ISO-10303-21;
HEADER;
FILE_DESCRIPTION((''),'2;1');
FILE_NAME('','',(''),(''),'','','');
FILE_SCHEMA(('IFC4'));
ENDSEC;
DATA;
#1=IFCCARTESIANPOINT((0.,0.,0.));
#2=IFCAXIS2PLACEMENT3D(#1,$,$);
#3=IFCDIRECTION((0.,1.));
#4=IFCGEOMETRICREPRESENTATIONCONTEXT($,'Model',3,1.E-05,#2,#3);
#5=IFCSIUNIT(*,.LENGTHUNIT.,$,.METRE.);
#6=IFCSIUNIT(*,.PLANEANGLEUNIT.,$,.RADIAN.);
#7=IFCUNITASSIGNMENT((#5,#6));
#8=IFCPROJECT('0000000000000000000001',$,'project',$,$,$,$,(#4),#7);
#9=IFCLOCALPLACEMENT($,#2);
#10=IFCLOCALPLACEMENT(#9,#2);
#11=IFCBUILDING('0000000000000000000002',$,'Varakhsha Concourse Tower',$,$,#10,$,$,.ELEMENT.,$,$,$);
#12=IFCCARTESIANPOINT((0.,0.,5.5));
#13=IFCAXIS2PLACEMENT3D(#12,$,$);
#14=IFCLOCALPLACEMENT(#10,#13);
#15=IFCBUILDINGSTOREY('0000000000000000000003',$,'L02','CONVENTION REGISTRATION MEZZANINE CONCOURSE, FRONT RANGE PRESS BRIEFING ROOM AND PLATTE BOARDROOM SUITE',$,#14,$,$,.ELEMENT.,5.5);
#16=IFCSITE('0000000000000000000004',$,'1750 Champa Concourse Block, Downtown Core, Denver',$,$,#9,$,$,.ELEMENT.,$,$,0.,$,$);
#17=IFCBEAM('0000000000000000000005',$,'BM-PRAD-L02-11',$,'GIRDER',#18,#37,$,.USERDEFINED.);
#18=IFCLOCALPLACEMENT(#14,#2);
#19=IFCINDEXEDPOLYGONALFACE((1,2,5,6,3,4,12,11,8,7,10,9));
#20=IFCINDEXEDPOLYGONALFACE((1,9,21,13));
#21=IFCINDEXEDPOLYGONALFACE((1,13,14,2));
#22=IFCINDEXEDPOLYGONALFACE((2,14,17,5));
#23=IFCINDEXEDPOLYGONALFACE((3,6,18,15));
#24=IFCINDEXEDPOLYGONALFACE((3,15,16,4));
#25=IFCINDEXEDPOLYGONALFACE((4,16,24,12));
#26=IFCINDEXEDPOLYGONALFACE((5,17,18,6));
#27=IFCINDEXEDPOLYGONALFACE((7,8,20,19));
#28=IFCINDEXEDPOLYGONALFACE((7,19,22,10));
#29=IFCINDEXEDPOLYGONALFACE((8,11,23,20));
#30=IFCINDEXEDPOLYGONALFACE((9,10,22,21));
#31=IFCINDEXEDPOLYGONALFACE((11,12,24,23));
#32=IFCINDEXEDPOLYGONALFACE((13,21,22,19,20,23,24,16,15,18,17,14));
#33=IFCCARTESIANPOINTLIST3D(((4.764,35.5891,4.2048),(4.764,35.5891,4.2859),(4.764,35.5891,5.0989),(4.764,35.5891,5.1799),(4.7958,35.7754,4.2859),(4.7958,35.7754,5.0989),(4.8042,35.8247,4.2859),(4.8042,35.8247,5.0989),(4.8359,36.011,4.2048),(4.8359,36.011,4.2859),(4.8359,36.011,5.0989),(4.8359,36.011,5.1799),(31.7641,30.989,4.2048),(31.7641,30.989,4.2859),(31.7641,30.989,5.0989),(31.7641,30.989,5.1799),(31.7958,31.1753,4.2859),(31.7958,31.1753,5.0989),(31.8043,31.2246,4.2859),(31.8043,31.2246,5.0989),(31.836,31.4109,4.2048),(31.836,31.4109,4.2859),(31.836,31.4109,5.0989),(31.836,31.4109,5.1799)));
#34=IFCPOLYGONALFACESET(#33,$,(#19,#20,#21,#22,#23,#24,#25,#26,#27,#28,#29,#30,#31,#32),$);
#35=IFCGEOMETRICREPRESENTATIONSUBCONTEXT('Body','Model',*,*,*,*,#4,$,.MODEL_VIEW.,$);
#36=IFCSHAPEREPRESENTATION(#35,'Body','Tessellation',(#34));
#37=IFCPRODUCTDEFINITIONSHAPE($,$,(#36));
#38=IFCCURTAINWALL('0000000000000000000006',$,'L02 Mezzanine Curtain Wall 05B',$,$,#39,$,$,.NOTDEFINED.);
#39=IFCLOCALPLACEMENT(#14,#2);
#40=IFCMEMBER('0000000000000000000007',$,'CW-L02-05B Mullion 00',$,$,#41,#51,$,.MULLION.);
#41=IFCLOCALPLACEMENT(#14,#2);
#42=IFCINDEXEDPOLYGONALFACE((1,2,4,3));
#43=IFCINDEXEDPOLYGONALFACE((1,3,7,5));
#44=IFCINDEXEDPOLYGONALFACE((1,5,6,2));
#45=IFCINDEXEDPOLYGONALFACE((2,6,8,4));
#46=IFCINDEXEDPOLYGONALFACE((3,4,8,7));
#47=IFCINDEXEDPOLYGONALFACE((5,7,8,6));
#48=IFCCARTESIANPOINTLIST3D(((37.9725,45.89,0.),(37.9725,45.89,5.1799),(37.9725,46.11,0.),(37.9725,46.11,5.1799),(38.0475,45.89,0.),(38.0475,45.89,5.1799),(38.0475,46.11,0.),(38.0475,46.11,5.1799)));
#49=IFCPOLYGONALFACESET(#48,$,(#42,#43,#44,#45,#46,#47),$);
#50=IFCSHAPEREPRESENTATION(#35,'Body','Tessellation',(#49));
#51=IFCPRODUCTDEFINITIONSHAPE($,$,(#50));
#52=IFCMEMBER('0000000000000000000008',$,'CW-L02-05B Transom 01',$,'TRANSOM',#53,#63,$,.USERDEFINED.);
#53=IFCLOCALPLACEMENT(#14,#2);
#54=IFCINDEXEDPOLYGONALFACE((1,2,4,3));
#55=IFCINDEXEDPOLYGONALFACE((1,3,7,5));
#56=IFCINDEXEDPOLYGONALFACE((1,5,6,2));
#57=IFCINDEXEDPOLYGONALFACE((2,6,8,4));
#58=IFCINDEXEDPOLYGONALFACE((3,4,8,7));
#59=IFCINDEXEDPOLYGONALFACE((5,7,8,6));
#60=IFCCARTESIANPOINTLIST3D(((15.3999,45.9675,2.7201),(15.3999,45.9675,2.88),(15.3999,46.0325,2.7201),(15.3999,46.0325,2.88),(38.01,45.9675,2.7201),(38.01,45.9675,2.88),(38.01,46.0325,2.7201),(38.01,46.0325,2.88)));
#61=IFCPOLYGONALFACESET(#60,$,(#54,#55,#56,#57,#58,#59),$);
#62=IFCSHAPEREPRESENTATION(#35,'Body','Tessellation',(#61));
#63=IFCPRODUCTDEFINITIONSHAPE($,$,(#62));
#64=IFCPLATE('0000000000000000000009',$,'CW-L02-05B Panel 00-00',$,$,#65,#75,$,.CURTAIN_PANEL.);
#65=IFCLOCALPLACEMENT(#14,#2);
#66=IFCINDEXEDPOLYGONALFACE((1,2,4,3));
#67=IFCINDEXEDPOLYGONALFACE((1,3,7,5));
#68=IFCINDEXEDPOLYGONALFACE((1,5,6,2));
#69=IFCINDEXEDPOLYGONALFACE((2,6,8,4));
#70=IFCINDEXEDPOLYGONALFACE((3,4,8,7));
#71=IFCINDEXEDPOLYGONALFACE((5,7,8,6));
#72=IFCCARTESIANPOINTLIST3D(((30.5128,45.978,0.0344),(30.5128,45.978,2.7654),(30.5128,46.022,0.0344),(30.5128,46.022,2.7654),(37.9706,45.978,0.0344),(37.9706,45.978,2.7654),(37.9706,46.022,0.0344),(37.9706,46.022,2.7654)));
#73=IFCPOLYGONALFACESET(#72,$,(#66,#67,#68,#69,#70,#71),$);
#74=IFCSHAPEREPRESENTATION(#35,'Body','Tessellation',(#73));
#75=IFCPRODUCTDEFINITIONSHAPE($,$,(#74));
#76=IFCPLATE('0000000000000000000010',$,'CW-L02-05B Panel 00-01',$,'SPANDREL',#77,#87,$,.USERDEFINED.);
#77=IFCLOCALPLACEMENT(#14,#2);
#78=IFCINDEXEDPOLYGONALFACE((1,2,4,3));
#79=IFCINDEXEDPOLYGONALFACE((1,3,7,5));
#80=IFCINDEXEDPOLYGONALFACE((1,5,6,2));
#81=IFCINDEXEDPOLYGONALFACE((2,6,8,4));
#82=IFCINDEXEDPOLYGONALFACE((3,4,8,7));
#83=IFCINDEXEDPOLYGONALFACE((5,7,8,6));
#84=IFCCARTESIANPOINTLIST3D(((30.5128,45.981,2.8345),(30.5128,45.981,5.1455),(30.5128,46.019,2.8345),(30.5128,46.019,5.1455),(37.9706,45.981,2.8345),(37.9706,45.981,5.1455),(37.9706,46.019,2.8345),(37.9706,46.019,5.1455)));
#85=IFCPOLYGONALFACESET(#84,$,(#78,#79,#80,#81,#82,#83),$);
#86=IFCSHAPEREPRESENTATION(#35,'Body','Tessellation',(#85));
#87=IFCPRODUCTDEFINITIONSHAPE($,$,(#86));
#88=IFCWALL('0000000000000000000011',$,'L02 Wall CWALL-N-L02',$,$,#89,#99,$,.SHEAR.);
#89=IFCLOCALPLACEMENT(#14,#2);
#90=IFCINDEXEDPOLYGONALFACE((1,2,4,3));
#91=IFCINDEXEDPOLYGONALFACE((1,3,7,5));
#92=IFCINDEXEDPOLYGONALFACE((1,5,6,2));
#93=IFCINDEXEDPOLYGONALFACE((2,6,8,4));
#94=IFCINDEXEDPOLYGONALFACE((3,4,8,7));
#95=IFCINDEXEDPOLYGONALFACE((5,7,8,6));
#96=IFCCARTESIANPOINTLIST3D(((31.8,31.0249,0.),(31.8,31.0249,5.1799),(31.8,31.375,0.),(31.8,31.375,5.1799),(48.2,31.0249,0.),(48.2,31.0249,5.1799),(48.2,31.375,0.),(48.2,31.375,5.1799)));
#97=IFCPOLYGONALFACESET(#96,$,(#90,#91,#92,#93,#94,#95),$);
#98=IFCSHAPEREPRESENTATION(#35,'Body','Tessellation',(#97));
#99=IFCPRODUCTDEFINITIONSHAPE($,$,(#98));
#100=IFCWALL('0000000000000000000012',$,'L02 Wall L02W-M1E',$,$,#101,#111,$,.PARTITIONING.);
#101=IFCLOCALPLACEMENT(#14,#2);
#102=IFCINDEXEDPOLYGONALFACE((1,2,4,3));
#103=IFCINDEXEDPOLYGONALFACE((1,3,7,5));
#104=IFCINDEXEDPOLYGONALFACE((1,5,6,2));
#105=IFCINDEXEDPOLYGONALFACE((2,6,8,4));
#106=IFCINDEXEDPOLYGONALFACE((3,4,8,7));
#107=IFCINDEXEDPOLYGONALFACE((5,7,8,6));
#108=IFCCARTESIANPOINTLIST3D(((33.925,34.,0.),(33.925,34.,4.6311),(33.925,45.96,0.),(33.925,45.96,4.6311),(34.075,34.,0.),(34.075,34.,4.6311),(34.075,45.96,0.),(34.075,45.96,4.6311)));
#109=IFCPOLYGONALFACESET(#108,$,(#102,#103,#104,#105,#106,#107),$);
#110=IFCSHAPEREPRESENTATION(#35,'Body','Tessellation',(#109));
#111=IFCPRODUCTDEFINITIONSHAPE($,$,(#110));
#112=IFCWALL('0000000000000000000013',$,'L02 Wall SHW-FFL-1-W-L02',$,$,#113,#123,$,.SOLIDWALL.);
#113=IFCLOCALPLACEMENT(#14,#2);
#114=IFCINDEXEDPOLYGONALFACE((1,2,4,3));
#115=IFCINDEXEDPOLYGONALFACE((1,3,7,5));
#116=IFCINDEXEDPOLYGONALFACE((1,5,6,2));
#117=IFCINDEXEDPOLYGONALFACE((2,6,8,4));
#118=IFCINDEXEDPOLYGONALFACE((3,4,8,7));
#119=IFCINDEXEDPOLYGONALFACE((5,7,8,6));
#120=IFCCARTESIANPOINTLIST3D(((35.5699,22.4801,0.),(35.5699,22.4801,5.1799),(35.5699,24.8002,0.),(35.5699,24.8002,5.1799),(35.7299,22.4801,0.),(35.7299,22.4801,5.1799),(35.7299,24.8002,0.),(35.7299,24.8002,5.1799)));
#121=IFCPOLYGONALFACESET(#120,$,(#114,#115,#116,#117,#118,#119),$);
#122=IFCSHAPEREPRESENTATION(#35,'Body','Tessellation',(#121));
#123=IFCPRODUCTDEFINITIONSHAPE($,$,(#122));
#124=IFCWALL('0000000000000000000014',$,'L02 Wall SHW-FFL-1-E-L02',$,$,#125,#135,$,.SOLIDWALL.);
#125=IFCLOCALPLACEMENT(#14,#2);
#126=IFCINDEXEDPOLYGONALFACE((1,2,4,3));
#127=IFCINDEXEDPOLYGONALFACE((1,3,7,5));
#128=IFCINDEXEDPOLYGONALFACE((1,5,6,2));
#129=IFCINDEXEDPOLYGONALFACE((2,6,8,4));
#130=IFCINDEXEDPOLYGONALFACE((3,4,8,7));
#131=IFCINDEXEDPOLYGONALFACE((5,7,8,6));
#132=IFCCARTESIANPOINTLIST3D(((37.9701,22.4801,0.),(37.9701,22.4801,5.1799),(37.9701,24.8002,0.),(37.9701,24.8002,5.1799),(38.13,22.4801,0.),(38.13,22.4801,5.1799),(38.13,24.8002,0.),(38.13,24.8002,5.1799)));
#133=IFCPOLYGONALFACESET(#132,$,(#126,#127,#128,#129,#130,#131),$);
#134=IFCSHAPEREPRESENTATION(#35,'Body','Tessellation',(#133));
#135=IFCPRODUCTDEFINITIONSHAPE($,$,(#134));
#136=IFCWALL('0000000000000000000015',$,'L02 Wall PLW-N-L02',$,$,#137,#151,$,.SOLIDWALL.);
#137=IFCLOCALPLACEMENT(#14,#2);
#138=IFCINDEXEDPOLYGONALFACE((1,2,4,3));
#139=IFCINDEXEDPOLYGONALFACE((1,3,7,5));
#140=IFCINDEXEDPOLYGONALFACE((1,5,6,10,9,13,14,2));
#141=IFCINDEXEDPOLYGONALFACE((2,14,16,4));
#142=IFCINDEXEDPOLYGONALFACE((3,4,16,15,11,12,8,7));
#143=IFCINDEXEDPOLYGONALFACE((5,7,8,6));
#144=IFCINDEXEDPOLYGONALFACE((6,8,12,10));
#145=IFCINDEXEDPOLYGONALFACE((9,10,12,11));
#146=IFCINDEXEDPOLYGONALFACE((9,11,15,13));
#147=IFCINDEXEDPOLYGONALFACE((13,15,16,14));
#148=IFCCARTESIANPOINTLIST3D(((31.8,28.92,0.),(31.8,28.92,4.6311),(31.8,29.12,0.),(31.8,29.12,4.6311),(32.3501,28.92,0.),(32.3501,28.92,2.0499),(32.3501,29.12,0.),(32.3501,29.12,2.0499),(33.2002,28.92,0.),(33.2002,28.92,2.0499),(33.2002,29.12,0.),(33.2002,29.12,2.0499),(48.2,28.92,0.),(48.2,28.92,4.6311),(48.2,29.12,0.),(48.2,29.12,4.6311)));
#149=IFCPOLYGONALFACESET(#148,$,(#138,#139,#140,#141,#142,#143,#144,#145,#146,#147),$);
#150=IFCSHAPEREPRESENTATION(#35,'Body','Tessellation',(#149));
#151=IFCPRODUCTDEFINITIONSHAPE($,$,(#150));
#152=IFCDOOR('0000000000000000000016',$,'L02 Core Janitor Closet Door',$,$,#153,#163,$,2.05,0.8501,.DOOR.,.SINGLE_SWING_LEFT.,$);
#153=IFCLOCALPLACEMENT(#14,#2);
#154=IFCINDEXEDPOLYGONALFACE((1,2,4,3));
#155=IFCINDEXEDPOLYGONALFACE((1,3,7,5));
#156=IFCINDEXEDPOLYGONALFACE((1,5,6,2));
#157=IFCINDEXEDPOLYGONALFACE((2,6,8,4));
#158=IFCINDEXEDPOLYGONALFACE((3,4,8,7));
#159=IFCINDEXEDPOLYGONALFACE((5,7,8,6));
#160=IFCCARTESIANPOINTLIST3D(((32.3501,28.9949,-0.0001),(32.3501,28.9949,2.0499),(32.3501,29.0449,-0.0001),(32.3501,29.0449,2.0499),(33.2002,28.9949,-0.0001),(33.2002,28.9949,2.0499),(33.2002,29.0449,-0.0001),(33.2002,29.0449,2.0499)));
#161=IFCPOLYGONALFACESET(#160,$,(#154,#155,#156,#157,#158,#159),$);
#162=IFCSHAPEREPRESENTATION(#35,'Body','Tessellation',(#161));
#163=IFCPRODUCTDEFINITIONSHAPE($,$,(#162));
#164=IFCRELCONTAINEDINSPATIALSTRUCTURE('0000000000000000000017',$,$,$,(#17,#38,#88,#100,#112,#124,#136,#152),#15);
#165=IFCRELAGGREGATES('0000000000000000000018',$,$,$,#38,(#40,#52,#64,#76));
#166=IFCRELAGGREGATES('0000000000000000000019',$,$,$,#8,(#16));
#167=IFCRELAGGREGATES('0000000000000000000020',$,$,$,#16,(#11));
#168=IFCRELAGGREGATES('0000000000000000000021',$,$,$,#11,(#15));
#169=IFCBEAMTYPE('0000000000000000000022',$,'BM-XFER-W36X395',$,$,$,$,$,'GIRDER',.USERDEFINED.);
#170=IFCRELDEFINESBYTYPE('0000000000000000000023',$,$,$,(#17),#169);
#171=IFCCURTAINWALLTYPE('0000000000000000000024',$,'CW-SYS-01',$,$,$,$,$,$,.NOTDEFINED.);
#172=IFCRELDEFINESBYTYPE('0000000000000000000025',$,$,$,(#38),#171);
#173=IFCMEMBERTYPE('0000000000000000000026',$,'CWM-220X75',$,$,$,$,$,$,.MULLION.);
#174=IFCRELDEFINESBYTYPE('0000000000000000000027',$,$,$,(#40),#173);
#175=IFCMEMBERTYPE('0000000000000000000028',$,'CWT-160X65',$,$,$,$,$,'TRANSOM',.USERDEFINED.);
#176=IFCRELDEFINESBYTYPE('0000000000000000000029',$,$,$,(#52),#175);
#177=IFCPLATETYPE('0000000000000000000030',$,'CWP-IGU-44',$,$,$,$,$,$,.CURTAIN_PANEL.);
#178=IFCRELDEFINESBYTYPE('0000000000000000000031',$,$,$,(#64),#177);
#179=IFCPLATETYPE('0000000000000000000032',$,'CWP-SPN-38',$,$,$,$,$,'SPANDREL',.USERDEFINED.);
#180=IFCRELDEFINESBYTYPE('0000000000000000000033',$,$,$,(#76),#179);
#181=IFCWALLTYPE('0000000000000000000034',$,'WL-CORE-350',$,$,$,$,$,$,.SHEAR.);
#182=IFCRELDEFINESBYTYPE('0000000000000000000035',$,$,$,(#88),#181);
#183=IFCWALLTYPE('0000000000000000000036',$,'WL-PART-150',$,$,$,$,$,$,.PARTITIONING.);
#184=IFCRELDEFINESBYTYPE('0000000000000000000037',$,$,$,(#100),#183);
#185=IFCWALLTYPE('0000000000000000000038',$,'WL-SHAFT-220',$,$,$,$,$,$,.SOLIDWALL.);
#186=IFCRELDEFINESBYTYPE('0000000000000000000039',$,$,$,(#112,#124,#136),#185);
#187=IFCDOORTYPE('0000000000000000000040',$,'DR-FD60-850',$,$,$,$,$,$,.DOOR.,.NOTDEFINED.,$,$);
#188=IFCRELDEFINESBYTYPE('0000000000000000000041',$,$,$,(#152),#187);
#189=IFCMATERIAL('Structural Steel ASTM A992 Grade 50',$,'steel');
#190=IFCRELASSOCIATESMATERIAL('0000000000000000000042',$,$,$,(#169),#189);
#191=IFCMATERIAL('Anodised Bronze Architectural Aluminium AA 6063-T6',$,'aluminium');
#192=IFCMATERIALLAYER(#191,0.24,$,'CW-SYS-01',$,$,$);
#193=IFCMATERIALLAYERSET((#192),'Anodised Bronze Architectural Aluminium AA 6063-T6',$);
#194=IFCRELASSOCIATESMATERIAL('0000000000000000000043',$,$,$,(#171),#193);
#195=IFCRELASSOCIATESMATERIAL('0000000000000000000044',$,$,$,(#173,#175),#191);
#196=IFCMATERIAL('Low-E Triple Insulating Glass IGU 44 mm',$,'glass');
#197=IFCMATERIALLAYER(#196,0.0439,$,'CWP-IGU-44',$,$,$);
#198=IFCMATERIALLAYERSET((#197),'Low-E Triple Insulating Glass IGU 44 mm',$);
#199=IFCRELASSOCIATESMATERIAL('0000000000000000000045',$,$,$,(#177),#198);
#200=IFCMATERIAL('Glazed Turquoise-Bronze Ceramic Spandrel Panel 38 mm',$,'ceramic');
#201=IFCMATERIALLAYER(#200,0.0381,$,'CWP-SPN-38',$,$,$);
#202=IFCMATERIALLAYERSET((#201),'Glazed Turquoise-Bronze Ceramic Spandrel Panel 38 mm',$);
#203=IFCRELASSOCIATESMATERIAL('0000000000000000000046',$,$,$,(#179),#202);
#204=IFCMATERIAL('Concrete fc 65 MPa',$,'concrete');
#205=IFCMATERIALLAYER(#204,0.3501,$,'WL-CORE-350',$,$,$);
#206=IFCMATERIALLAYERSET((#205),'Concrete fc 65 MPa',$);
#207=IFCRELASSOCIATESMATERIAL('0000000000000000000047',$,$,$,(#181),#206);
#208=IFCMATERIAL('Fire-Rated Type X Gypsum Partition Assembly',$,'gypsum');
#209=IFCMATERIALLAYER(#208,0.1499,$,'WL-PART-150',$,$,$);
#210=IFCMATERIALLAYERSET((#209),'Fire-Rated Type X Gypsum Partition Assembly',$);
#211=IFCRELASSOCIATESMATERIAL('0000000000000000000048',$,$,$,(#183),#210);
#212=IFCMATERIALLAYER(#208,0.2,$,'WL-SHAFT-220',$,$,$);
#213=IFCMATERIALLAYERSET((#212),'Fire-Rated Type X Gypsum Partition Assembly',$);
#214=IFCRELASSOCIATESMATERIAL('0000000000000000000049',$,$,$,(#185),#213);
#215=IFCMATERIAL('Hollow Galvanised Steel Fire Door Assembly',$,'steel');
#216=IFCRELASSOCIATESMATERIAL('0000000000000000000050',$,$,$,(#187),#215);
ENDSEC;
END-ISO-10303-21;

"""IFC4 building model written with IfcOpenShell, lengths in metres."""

from ifc_helpers import new_model, si_unit, direction, frame, frame_2d, origin, origin_2d, place, context, subcontext, project, spatial, rectangle, i_section, extrude, source, transform, mapped, material, layer, layer_set, material_profile, profile_set, type_object, type_shapes, element, fill, aggregate, save


model = new_model("IFC4")

# Units and contexts
model_context = context("Model", 3, precision=1e-05, world=origin(), true_north=direction((0.0, 1.0)))
body_context = subcontext(model_context, "Body", "Model", "MODEL_VIEW")
ifc_project = project(units=[si_unit("LENGTHUNIT", "METRE"), si_unit("PLANEANGLEUNIT", "RADIAN")], contexts=[model_context])

# Site, building, storey
site_placement = place(None, origin())
site = spatial("IfcSite", under=ifc_project, at=site_placement, Name="1750 Champa Concourse Block, Downtown Core, Denver", CompositionType="ELEMENT", RefElevation=0.0)
building_placement = place(site_placement, origin())
building = spatial("IfcBuilding", under=site, at=building_placement, Name="Varakhsha Concourse Tower", CompositionType="ELEMENT")
storey_placement = place(building_placement, frame((0.0, 0.0, 5.5)))
storey = spatial("IfcBuildingStorey", under=building, at=storey_placement, Name="L02", Description="CONVENTION REGISTRATION MEZZANINE CONCOURSE, FRONT RANGE PRESS BRIEFING ROOM AND PLATTE BOARDROOM SUITE", CompositionType="ELEMENT", Elevation=5.5)

# Shared definitions
ifc_material_1 = material(Name="Structural Steel ASTM A992 Grade 50", Category="steel")
ifc_material_2 = material(Name="Concrete fc 65 MPa", Category="concrete")

# Beam
ifc_material_profile_1 = material_profile(ifc_material_1, i_section(OverallWidth=0.428, OverallDepth=0.9751, WebThickness=0.05, FlangeThickness=0.0811, at=origin_2d()), Name="W36X395")
ifc_profile_set_1 = profile_set([ifc_material_profile_1], Name="Structural Steel ASTM A992 Grade 50")
beam_type_1 = type_object("IfcBeamType", Name="BM-XFER-W36X395", ElementType="GIRDER", PredefinedType="USERDEFINED", material=ifc_profile_set_1)
beam_1_placement = place(storey_placement, frame((31.8, 31.2, 4.6924), z_axis=(-0.985795, 0.167954, 0.0), x_axis=(-0.167954, -0.985795, 0.0)))
element("IfcBeam", 1, at=beam_1_placement, inside=storey, type_object=beam_type_1, Name="BM-PRAD-L02-11", ObjectType="GIRDER", PredefinedType="USERDEFINED", context=body_context, shape_type="SweptSolid", body=[
    extrude(i_section(OverallWidth=0.428, OverallDepth=0.9751, WebThickness=0.05, FlangeThickness=0.0811, at=origin_2d()), origin(), (0.0, 0.0, 1.0), 27.3892),
])

# Curtain wall, members, plates
ifc_material_3 = material(Name="Anodised Bronze Architectural Aluminium AA 6063-T6", Category="aluminium")
ifc_layer_1 = layer(ifc_material_3, 0.24, Name="CW-SYS-01")
ifc_layer_set_1 = layer_set([ifc_layer_1], Name="Anodised Bronze Architectural Aluminium AA 6063-T6")
curtain_wall_type = type_object("IfcCurtainWallType", Name="CW-SYS-01", PredefinedType="NOTDEFINED", material=ifc_layer_set_1)
curtain_wall_placement = place(storey_placement, origin())
curtain_wall = element("IfcCurtainWall", 2, at=curtain_wall_placement, inside=storey, type_object=curtain_wall_type, Name="L02 Mezzanine Curtain Wall 05B", PredefinedType="NOTDEFINED")
ifc_material_profile_2 = material_profile(ifc_material_3, rectangle(XDim=0.075, YDim=0.22, at=origin_2d()), Name="CWM-220X75")
ifc_profile_set_2 = profile_set([ifc_material_profile_2], Name="Anodised Bronze Architectural Aluminium AA 6063-T6")
member_type_1 = type_object("IfcMemberType", Name="CWM-220X75", PredefinedType="MULLION", material=ifc_profile_set_2)
shared_shape_1 = source(origin(), body_context, "Body", "SweptSolid", [
    extrude(rectangle(XDim=0.075, YDim=0.22, at=origin_2d()), origin(), (0.0, 0.0, 1.0), 5.1799),
])
type_shapes(member_type_1, [shared_shape_1])
member_1_placement = place(storey_placement, frame((38.01, 46.0, 0.0), z_axis=(0.0, 0.0, 1.0), x_axis=(-1.0, 0.0, 0.0)))
member_1 = element("IfcMember", 3, at=member_1_placement, type_object=member_type_1, Name="CW-L02-05B Mullion 00", PredefinedType="MULLION", context=body_context, shape_type="MappedRepresentation", body=[
    mapped(shared_shape_1, transform((0.0, 0.0, 0.0), scale=1.0)),
])
ifc_material_profile_3 = material_profile(ifc_material_3, rectangle(XDim=0.0649, YDim=0.1599, at=origin_2d()), Name="CWT-160X65")
ifc_profile_set_3 = profile_set([ifc_material_profile_3], Name="Anodised Bronze Architectural Aluminium AA 6063-T6")
member_type_2 = type_object("IfcMemberType", Name="CWT-160X65", ElementType="TRANSOM", PredefinedType="USERDEFINED", material=ifc_profile_set_3)
shared_shape_2 = source(origin(), body_context, "Body", "SweptSolid", [
    extrude(rectangle(XDim=0.0649, YDim=0.1599, at=origin_2d()), origin(), (0.0, 0.0, 1.0), 22.6101),
])
type_shapes(member_type_2, [shared_shape_2])
member_2_placement = place(storey_placement, frame((38.01, 46.0, 2.8), z_axis=(-1.0, 0.0, 0.0), x_axis=(0.0, -1.0, 0.0)))
member_2 = element("IfcMember", 4, at=member_2_placement, type_object=member_type_2, Name="CW-L02-05B Transom 01", ObjectType="TRANSOM", PredefinedType="USERDEFINED", context=body_context, shape_type="MappedRepresentation", body=[
    mapped(shared_shape_2, transform((0.0, 0.0, 0.0), scale=1.0)),
])
ifc_material_4 = material(Name="Low-E Triple Insulating Glass IGU 44 mm", Category="glass")
ifc_layer_2 = layer(ifc_material_4, 0.0439, Name="CWP-IGU-44")
ifc_layer_set_2 = layer_set([ifc_layer_2], Name="Low-E Triple Insulating Glass IGU 44 mm")
plate_type_1 = type_object("IfcPlateType", Name="CWP-IGU-44", PredefinedType="CURTAIN_PANEL", material=ifc_layer_set_2)
shared_shape_3 = source(origin(), body_context, "Body", "SweptSolid", [
    extrude(rectangle(XDim=7.4578, YDim=0.0439, at=origin_2d()), origin(), (0.0, 0.0, 1.0), 2.731),
])
type_shapes(plate_type_1, [shared_shape_3])
plate_1_placement = place(storey_placement, frame((34.2417, 46.0, 0.0344), z_axis=(0.0, 0.0, 1.0), x_axis=(-1.0, 0.0, 0.0)))
plate_1 = element("IfcPlate", 5, at=plate_1_placement, type_object=plate_type_1, Name="CW-L02-05B Panel 00-00", PredefinedType="CURTAIN_PANEL", context=body_context, shape_type="MappedRepresentation", body=[
    mapped(shared_shape_3, transform((0.0, 0.0, 0.0), scale=1.0)),
])
ifc_material_5 = material(Name="Glazed Turquoise-Bronze Ceramic Spandrel Panel 38 mm", Category="ceramic")
ifc_layer_3 = layer(ifc_material_5, 0.0381, Name="CWP-SPN-38")
ifc_layer_set_3 = layer_set([ifc_layer_3], Name="Glazed Turquoise-Bronze Ceramic Spandrel Panel 38 mm")
plate_type_2 = type_object("IfcPlateType", Name="CWP-SPN-38", ElementType="SPANDREL", PredefinedType="USERDEFINED", material=ifc_layer_set_3)
shared_shape_4 = source(origin(), body_context, "Body", "SweptSolid", [
    extrude(rectangle(XDim=7.4578, YDim=0.0381, at=origin_2d()), origin(), (0.0, 0.0, 1.0), 2.311),
])
type_shapes(plate_type_2, [shared_shape_4])
plate_2_placement = place(storey_placement, frame((34.2417, 46.0, 2.8345), z_axis=(0.0, 0.0, 1.0), x_axis=(-1.0, 0.0, 0.0)))
plate_2 = element("IfcPlate", 6, at=plate_2_placement, type_object=plate_type_2, Name="CW-L02-05B Panel 00-01", ObjectType="SPANDREL", PredefinedType="USERDEFINED", context=body_context, shape_type="MappedRepresentation", body=[
    mapped(shared_shape_4, transform((0.0, 0.0, 0.0), scale=1.0)),
])
aggregate(curtain_wall, [member_1, member_2, plate_1, plate_2])

# Walls
ifc_layer_4 = layer(ifc_material_2, 0.3501, Name="WL-CORE-350")
ifc_layer_set_4 = layer_set([ifc_layer_4], Name="Concrete fc 65 MPa")
wall_type_1 = type_object("IfcWallType", Name="WL-CORE-350", PredefinedType="SHEAR", material=ifc_layer_set_4)
wall_1_placement = place(storey_placement, frame((31.8, 31.2, 0.0), z_axis=(0.0, 0.0, 1.0), x_axis=(1.0, 0.0, 0.0)))
element("IfcWall", 7, at=wall_1_placement, inside=storey, type_object=wall_type_1, Name="L02 Wall CWALL-N-L02", PredefinedType="SHEAR", context=body_context, shape_type="SweptSolid", body=[
    extrude(rectangle(XDim=16.3999, YDim=0.3501, at=frame_2d((8.2, 0.0))), origin(), (0.0, 0.0, 1.0), 5.1799),
])
ifc_material_6 = material(Name="Fire-Rated Type X Gypsum Partition Assembly", Category="gypsum")
ifc_layer_5 = layer(ifc_material_6, 0.1499, Name="WL-PART-150")
ifc_layer_set_5 = layer_set([ifc_layer_5], Name="Fire-Rated Type X Gypsum Partition Assembly")
wall_type_2 = type_object("IfcWallType", Name="WL-PART-150", PredefinedType="PARTITIONING", material=ifc_layer_set_5)
wall_2_placement = place(storey_placement, frame((34.0, 34.0, 0.0), z_axis=(0.0, 0.0, 1.0), x_axis=(0.0, 1.0, 0.0)))
element("IfcWall", 8, at=wall_2_placement, inside=storey, type_object=wall_type_2, Name="L02 Wall L02W-M1E", PredefinedType="PARTITIONING", context=body_context, shape_type="SweptSolid", body=[
    extrude(rectangle(XDim=11.96, YDim=0.1499, at=frame_2d((5.98, 0.0))), origin(), (0.0, 0.0, 1.0), 4.6311),
])

# Shared definitions
ifc_layer_6 = layer(ifc_material_6, 0.2, Name="WL-SHAFT-220")
ifc_layer_set_6 = layer_set([ifc_layer_6], Name="Fire-Rated Type X Gypsum Partition Assembly")
wall_type_3 = type_object("IfcWallType", Name="WL-SHAFT-220", PredefinedType="SOLIDWALL", material=ifc_layer_set_6)

# Walls
for number, where, z_axis, x_axis, name in (
    (9, (35.6499, 22.48, 0.0), (0.0, 0.0, 1.0), (0.0, 1.0, 0.0), "L02 Wall SHW-FFL-1-W-L02"),
    (10, (38.05, 22.48, 0.0), (0.0, 0.0, 1.0), (0.0, 1.0, 0.0), "L02 Wall SHW-FFL-1-E-L02"),
):
    element("IfcWall", number, at=place(storey_placement, frame(where, z_axis=z_axis, x_axis=x_axis)), inside=storey, type_object=wall_type_3, Name=name, PredefinedType="SOLIDWALL", context=body_context, shape_type="SweptSolid", body=[
        extrude(rectangle(XDim=2.3201, YDim=0.1599, at=frame_2d((1.1602, 0.0))), origin(), (0.0, 0.0, 1.0), 5.1799),
    ])

# Wall, opening, door
wall_3_placement = place(storey_placement, frame((31.8, 29.02, 0.0), z_axis=(0.0, 0.0, 1.0), x_axis=(1.0, 0.0, 0.0)))
wall_3 = element("IfcWall", 11, at=wall_3_placement, inside=storey, type_object=wall_type_3, Name="L02 Wall PLW-N-L02", PredefinedType="SOLIDWALL", context=body_context, shape_type="SweptSolid", body=[
    extrude(rectangle(XDim=16.3999, YDim=0.2, at=frame_2d((8.2, 0.0))), origin(), (0.0, 0.0, 1.0), 4.6311),
])
opening_1_placement = place(wall_3_placement, frame((0.55, 0.0, 0.0)))
opening_1 = element("IfcOpeningElement", 12, at=opening_1_placement, cuts=wall_3, PredefinedType="OPENING", context=body_context, shape_type="SweptSolid", body=[
    extrude(rectangle(XDim=0.8501, YDim=2.05, at=frame_2d((0.425, 1.0249))), frame((0.0, 0.1099, 0.0), z_axis=(0.0, -1.0, 0.0), x_axis=(1.0, 0.0, 0.0)), (0.0, 0.0, 1.0), 0.22),
])
ifc_material_7 = material(Name="Hollow Galvanised Steel Fire Door Assembly", Category="steel")
door_type_1 = type_object("IfcDoorType", Name="DR-FD60-850", OperationType="NOTDEFINED", PredefinedType="DOOR", material=ifc_material_7)
door_1_placement = place(opening_1_placement, origin())
door_1 = element("IfcDoor", 13, at=door_1_placement, inside=storey, type_object=door_type_1, Name="L02 Core Janitor Closet Door", OperationType="SINGLE_SWING_LEFT", OverallHeight=2.05, OverallWidth=0.8501, PredefinedType="DOOR", context=body_context, shape_type="SweptSolid", body=[
    extrude(rectangle(XDim=0.8501, YDim=2.05, at=frame_2d((0.425, 1.0249))), frame((0.0, 0.0249, 0.0), z_axis=(0.0, -1.0, 0.0), x_axis=(1.0, 0.0, 0.0)), (0.0, 0.0, 1.0), 0.05),
])
fill(opening_1, door_1)

save(model, "model.ifc")
